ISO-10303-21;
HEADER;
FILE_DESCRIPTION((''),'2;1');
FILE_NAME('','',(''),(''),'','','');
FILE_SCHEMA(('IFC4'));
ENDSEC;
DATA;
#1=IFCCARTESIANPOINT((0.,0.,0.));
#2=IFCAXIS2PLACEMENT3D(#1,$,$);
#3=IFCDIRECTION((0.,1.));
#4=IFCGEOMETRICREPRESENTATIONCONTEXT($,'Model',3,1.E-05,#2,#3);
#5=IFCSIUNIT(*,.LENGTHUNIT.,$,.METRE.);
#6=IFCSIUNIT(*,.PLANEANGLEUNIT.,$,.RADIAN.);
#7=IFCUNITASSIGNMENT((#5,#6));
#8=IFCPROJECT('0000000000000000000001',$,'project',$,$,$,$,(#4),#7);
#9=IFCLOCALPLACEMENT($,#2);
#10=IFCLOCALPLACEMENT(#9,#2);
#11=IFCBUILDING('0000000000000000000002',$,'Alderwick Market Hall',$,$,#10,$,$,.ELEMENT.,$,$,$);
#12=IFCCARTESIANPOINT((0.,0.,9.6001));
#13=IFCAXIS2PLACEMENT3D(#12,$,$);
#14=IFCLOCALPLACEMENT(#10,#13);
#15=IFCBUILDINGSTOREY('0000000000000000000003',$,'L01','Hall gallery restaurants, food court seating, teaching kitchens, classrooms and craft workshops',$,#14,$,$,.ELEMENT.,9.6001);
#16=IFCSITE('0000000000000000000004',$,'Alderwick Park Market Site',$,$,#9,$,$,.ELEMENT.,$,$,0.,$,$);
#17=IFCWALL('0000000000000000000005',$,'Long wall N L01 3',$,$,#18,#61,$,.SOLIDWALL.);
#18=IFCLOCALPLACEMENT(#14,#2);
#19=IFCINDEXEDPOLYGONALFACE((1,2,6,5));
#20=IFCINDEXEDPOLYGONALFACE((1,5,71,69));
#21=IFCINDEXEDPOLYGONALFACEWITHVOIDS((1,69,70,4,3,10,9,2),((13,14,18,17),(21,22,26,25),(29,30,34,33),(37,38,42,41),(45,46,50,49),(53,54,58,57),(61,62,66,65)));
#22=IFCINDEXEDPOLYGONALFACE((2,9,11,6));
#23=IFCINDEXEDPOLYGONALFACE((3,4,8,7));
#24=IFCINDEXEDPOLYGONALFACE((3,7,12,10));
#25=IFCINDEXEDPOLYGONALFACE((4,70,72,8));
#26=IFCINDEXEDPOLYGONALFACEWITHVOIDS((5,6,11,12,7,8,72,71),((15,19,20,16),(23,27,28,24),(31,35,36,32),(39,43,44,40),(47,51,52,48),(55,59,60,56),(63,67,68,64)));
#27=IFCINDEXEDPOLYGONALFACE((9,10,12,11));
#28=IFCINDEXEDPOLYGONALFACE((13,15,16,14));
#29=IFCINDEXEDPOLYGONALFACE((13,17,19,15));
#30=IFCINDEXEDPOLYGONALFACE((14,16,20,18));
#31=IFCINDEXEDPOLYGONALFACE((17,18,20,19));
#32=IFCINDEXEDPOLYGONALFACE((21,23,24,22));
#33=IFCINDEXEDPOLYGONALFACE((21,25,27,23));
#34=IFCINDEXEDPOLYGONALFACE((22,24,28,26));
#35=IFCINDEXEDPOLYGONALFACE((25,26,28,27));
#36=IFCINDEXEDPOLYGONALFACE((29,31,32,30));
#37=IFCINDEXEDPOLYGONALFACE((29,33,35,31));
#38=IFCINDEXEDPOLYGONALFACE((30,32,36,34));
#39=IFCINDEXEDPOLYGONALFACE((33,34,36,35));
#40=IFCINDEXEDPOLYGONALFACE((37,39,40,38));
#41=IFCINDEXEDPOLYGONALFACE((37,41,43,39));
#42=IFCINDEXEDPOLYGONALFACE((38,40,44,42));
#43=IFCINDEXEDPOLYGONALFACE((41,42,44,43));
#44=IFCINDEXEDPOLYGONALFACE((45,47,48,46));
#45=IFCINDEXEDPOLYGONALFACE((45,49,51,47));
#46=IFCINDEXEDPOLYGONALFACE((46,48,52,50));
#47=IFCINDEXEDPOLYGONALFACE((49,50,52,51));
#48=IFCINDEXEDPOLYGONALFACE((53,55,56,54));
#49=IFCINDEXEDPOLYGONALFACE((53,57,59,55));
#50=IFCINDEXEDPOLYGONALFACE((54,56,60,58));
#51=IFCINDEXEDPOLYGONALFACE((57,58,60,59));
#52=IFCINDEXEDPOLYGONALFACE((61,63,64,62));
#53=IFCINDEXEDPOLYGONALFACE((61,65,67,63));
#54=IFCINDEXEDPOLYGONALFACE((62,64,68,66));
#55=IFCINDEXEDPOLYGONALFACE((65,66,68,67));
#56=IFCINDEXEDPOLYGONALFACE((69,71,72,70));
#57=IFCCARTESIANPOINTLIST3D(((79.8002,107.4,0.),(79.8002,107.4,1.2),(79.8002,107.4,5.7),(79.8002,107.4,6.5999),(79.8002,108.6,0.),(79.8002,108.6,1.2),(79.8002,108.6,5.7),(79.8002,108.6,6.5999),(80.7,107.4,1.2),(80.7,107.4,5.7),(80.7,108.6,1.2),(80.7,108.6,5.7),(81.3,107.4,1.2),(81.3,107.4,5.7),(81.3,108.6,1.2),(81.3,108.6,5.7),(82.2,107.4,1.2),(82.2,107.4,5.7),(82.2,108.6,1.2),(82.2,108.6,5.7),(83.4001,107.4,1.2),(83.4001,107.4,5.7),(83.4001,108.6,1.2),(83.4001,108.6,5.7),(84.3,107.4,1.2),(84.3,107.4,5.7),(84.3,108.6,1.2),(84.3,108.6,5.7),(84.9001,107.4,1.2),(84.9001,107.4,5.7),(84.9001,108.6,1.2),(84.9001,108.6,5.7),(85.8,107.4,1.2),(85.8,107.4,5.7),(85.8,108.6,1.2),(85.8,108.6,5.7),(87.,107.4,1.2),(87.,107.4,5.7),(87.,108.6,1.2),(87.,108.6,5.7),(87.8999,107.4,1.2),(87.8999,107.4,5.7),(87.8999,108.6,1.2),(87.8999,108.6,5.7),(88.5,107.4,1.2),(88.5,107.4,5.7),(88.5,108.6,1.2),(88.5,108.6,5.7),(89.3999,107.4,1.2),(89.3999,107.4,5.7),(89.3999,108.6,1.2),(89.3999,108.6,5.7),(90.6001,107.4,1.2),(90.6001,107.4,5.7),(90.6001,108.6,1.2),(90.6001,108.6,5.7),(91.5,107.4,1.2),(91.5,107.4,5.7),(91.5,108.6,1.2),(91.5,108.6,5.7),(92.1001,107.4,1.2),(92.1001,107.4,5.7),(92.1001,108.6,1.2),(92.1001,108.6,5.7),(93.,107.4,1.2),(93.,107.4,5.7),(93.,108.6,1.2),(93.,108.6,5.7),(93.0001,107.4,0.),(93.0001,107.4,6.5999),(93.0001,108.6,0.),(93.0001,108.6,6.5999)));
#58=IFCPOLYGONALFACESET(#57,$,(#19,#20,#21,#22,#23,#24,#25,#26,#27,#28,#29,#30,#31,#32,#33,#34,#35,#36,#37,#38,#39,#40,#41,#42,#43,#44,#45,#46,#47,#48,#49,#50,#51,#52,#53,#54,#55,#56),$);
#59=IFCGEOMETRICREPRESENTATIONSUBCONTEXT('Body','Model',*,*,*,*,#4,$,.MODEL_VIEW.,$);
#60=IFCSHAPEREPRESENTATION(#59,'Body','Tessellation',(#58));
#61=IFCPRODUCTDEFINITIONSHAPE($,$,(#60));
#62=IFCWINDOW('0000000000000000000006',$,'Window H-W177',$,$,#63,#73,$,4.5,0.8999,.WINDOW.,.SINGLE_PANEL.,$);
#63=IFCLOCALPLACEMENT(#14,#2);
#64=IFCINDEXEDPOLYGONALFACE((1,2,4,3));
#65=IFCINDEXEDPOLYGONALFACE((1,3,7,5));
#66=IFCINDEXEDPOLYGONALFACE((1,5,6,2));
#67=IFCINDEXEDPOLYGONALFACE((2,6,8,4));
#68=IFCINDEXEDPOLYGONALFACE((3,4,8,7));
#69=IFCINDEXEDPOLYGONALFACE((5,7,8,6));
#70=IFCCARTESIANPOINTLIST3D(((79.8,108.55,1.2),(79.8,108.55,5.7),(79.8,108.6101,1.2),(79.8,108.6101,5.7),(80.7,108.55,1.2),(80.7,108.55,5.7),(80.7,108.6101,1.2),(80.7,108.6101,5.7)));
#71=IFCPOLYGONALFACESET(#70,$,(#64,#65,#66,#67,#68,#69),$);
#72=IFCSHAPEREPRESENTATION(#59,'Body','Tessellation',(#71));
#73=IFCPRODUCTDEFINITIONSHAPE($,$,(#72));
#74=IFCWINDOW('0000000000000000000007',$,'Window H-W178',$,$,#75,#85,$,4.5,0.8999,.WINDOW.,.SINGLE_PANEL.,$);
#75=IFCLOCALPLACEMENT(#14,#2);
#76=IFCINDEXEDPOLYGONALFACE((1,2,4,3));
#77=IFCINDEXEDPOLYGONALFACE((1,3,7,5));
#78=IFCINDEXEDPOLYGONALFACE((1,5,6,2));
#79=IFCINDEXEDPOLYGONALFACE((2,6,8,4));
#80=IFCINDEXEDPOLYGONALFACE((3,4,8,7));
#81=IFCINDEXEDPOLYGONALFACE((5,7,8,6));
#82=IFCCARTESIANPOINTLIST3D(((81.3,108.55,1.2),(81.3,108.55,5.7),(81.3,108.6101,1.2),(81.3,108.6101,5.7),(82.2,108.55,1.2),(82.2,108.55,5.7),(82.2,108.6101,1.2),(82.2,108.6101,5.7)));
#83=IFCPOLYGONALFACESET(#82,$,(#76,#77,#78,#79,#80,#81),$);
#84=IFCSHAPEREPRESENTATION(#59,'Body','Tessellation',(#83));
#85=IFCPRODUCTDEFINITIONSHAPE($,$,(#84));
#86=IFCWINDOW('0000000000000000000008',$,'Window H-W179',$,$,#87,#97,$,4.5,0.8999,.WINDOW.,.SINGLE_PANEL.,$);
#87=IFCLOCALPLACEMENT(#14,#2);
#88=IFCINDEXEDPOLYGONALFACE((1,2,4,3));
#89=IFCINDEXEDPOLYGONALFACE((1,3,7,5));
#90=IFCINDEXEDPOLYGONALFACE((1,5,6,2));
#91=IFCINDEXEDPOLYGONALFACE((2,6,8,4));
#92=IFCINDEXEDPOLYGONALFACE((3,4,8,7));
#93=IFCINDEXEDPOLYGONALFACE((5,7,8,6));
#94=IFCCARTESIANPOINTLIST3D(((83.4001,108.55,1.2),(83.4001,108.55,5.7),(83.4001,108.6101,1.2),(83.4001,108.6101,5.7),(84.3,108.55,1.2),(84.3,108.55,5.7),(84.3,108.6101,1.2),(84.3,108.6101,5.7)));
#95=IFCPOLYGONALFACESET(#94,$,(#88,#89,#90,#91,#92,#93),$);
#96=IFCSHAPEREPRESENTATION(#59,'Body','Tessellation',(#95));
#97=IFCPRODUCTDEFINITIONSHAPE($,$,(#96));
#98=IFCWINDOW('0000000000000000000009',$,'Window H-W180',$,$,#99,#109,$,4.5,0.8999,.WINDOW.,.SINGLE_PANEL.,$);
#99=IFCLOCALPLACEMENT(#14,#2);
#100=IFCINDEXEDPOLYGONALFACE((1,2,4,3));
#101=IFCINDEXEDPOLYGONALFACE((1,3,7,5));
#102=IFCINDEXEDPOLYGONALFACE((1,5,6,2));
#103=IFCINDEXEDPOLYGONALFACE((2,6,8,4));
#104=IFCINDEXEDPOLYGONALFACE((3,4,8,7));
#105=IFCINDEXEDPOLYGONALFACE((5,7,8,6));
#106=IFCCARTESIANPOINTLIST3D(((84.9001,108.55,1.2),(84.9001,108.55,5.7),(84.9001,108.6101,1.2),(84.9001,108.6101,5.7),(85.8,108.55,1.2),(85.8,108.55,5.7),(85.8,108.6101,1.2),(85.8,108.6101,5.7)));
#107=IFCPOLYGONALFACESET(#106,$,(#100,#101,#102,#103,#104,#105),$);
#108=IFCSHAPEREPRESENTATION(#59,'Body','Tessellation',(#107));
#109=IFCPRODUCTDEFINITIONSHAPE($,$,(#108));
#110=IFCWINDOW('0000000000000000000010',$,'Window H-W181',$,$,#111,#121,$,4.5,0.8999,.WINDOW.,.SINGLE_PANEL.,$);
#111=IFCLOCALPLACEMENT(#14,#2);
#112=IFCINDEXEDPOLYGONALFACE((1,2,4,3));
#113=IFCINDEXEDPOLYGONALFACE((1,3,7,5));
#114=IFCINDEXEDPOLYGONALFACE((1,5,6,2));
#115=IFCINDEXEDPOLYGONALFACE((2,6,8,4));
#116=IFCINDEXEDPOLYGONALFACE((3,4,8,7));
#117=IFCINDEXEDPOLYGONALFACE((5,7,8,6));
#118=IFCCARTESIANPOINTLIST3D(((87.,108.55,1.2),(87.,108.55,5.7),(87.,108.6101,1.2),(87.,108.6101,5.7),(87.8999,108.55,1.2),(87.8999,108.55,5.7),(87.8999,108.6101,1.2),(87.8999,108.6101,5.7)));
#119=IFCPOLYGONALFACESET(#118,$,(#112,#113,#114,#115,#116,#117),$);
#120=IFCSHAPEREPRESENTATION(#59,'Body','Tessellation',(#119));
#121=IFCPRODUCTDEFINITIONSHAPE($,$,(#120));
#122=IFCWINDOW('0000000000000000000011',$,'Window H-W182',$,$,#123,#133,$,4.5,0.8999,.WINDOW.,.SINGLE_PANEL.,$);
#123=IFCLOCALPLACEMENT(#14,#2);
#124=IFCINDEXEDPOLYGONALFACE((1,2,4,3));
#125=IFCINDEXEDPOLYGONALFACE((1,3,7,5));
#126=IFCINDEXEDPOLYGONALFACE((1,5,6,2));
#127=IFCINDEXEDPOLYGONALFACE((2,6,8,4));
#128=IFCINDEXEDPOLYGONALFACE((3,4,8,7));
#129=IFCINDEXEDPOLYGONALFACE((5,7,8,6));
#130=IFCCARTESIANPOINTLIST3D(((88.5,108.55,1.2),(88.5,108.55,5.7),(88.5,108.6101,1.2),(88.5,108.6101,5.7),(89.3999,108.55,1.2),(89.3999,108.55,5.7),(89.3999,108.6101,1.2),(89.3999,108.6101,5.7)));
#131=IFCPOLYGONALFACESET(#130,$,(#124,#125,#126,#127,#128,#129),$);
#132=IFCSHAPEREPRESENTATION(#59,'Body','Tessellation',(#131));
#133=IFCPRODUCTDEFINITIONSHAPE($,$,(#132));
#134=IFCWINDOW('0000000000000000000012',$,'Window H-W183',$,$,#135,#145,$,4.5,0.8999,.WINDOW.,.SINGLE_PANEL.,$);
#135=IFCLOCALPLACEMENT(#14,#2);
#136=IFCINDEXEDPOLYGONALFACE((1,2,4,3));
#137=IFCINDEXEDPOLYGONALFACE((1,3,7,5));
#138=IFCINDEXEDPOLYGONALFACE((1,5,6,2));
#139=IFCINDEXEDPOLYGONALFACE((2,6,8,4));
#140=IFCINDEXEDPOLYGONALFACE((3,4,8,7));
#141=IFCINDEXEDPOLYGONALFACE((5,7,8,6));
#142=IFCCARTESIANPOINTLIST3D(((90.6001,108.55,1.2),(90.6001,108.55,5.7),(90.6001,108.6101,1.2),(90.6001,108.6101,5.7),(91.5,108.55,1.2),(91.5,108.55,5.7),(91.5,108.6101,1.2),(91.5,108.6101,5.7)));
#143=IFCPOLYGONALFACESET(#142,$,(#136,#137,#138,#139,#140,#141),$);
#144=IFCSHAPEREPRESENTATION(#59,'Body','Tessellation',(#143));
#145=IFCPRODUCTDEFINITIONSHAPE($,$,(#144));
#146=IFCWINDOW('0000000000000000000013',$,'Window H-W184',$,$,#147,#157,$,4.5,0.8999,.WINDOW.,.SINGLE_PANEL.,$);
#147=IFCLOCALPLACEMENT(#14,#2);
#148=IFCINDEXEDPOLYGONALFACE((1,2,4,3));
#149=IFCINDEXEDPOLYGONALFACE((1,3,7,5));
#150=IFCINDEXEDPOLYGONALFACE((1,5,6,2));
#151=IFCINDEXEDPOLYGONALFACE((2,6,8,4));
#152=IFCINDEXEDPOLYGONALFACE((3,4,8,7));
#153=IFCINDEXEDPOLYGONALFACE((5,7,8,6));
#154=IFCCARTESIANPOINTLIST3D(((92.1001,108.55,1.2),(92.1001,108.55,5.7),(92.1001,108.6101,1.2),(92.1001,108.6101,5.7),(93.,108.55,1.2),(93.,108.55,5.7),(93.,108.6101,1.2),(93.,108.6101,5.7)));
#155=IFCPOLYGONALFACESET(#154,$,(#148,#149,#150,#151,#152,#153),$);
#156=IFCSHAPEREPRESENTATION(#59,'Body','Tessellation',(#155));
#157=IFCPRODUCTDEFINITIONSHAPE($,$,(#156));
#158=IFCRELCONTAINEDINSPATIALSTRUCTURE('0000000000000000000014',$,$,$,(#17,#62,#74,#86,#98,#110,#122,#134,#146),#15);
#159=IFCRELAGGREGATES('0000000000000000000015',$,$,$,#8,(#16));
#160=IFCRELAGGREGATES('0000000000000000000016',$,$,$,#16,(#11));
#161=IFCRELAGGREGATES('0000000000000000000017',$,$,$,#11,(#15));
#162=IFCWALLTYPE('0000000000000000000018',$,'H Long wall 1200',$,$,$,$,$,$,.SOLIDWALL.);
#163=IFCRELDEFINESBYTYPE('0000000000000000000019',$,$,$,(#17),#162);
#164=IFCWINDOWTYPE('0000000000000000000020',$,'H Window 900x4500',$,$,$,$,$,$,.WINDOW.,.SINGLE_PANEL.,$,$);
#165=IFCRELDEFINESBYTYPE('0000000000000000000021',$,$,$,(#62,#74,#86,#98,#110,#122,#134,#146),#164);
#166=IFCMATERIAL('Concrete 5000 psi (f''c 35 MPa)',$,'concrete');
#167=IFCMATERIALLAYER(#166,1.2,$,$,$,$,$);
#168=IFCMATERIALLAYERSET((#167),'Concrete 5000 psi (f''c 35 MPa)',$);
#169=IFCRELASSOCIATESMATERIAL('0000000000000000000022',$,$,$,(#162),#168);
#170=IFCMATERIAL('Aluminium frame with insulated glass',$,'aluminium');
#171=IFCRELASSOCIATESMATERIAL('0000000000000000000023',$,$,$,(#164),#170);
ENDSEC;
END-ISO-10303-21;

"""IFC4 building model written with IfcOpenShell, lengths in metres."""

from ifc_helpers import new_model, si_unit, direction, frame, frame_2d, origin, place, context, subcontext, project, spatial, rectangle, extrude, material, layer, layer_set, type_object, element, fill, save


model = new_model("IFC4")

# Units and contexts
model_context = context("Model", 3, precision=1e-05, world=origin(), true_north=direction((0.0, 1.0)))
body_context = subcontext(model_context, "Body", "Model", "MODEL_VIEW")
ifc_project = project(units=[si_unit("LENGTHUNIT", "METRE"), si_unit("PLANEANGLEUNIT", "RADIAN")], contexts=[model_context])

# Site, building, storey
site_placement = place(None, origin())
site = spatial("IfcSite", under=ifc_project, at=site_placement, Name="Alderwick Park Market Site", CompositionType="ELEMENT", RefElevation=0.0)
building_placement = place(site_placement, origin())
building = spatial("IfcBuilding", under=site, at=building_placement, Name="Alderwick Market Hall", CompositionType="ELEMENT")
storey_placement = place(building_placement, frame((0.0, 0.0, 9.6001)))
storey = spatial("IfcBuildingStorey", under=building, at=storey_placement, Name="L01", Description="Hall gallery restaurants, food court seating, teaching kitchens, classrooms and craft workshops", CompositionType="ELEMENT", Elevation=9.6001)

# Shared definitions
ifc_material_1 = material(Name="Concrete 5000 psi (f'c 35 MPa)", Category="concrete")

# Wall, openings, windows
ifc_layer_1 = layer(ifc_material_1, 1.2)
ifc_layer_set_1 = layer_set([ifc_layer_1], Name="Concrete 5000 psi (f'c 35 MPa)")
wall_type_1 = type_object("IfcWallType", Name="H Long wall 1200", PredefinedType="SOLIDWALL", material=ifc_layer_set_1)
wall_1_placement = place(storey_placement, frame((79.8, 108.0, 0.0), z_axis=(0.0, 0.0, 1.0), x_axis=(1.0, 0.0, 0.0)))
wall_1 = element("IfcWall", 1, at=wall_1_placement, inside=storey, type_object=wall_type_1, Name="Long wall N L01 3", PredefinedType="SOLIDWALL", context=body_context, shape_type="SweptSolid", body=[
    extrude(rectangle(XDim=13.2, YDim=1.2, at=frame_2d((6.6001, 0.0))), origin(), (0.0, 0.0, 1.0), 6.5999),
])
opening_1_placement = place(wall_1_placement, frame((0.0, 0.0, 1.2)))
opening_1 = element("IfcOpeningElement", 2, at=opening_1_placement, cuts=wall_1, PredefinedType="OPENING", context=body_context, shape_type="SweptSolid", body=[
    extrude(rectangle(XDim=0.8999, YDim=4.5, at=frame_2d((0.45, 2.25))), frame((0.0, 0.6099, 0.0), z_axis=(0.0, -1.0, 0.0), x_axis=(1.0, 0.0, 0.0)), (0.0, 0.0, 1.0), 1.22),
])
opening_2_placement = place(wall_1_placement, frame((1.5, 0.0, 1.2)))
opening_2 = element("IfcOpeningElement", 3, at=opening_2_placement, cuts=wall_1, PredefinedType="OPENING", context=body_context, shape_type="SweptSolid", body=[
    extrude(rectangle(XDim=0.8999, YDim=4.5, at=frame_2d((0.45, 2.25))), frame((0.0, 0.6099, 0.0), z_axis=(0.0, -1.0, 0.0), x_axis=(1.0, 0.0, 0.0)), (0.0, 0.0, 1.0), 1.22),
])
opening_3_placement = place(wall_1_placement, frame((3.6001, 0.0, 1.2)))
opening_3 = element("IfcOpeningElement", 4, at=opening_3_placement, cuts=wall_1, PredefinedType="OPENING", context=body_context, shape_type="SweptSolid", body=[
    extrude(rectangle(XDim=0.8999, YDim=4.5, at=frame_2d((0.45, 2.25))), frame((0.0, 0.6099, 0.0), z_axis=(0.0, -1.0, 0.0), x_axis=(1.0, 0.0, 0.0)), (0.0, 0.0, 1.0), 1.22),
])
opening_4_placement = place(wall_1_placement, frame((5.1001, 0.0, 1.2)))
opening_4 = element("IfcOpeningElement", 5, at=opening_4_placement, cuts=wall_1, PredefinedType="OPENING", context=body_context, shape_type="SweptSolid", body=[
    extrude(rectangle(XDim=0.8999, YDim=4.5, at=frame_2d((0.45, 2.25))), frame((0.0, 0.6099, 0.0), z_axis=(0.0, -1.0, 0.0), x_axis=(1.0, 0.0, 0.0)), (0.0, 0.0, 1.0), 1.22),
])
opening_5_placement = place(wall_1_placement, frame((7.2, 0.0, 1.2)))
opening_5 = element("IfcOpeningElement", 6, at=opening_5_placement, cuts=wall_1, PredefinedType="OPENING", context=body_context, shape_type="SweptSolid", body=[
    extrude(rectangle(XDim=0.8999, YDim=4.5, at=frame_2d((0.45, 2.25))), frame((0.0, 0.6099, 0.0), z_axis=(0.0, -1.0, 0.0), x_axis=(1.0, 0.0, 0.0)), (0.0, 0.0, 1.0), 1.22),
])
opening_6_placement = place(wall_1_placement, frame((8.7, 0.0, 1.2)))
opening_6 = element("IfcOpeningElement", 7, at=opening_6_placement, cuts=wall_1, PredefinedType="OPENING", context=body_context, shape_type="SweptSolid", body=[
    extrude(rectangle(XDim=0.8999, YDim=4.5, at=frame_2d((0.45, 2.25))), frame((0.0, 0.6099, 0.0), z_axis=(0.0, -1.0, 0.0), x_axis=(1.0, 0.0, 0.0)), (0.0, 0.0, 1.0), 1.22),
])
opening_7_placement = place(wall_1_placement, frame((10.8, 0.0, 1.2)))
opening_7 = element("IfcOpeningElement", 8, at=opening_7_placement, cuts=wall_1, PredefinedType="OPENING", context=body_context, shape_type="SweptSolid", body=[
    extrude(rectangle(XDim=0.8999, YDim=4.5, at=frame_2d((0.45, 2.25))), frame((0.0, 0.6099, 0.0), z_axis=(0.0, -1.0, 0.0), x_axis=(1.0, 0.0, 0.0)), (0.0, 0.0, 1.0), 1.22),
])
opening_8_placement = place(wall_1_placement, frame((12.3, 0.0, 1.2)))
opening_8 = element("IfcOpeningElement", 9, at=opening_8_placement, cuts=wall_1, PredefinedType="OPENING", context=body_context, shape_type="SweptSolid", body=[
    extrude(rectangle(XDim=0.8999, YDim=4.5, at=frame_2d((0.45, 2.25))), frame((0.0, 0.6099, 0.0), z_axis=(0.0, -1.0, 0.0), x_axis=(1.0, 0.0, 0.0)), (0.0, 0.0, 1.0), 1.22),
])
ifc_material_2 = material(Name="Aluminium frame with insulated glass", Category="aluminium")
window_type = type_object("IfcWindowType", Name="H Window 900x4500", PartitioningType="SINGLE_PANEL", PredefinedType="WINDOW", material=ifc_material_2)
window_1_placement = place(opening_1_placement, origin())
window_1 = element("IfcWindow", 10, at=window_1_placement, inside=storey, type_object=window_type, Name="Window H-W177", OverallHeight=4.5, OverallWidth=0.8999, PartitioningType="SINGLE_PANEL", PredefinedType="WINDOW", context=body_context, shape_type="SweptSolid", body=[
    extrude(rectangle(XDim=0.8999, YDim=4.5, at=frame_2d((0.45, 2.25))), frame((0.0, 0.6101, 0.0), z_axis=(0.0, -1.0, 0.0), x_axis=(1.0, 0.0, 0.0)), (0.0, 0.0, 1.0), 0.0601),
])
fill(opening_1, window_1)
window_2_placement = place(opening_2_placement, origin())
window_2 = element("IfcWindow", 11, at=window_2_placement, inside=storey, type_object=window_type, Name="Window H-W178", OverallHeight=4.5, OverallWidth=0.8999, PartitioningType="SINGLE_PANEL", PredefinedType="WINDOW", context=body_context, shape_type="SweptSolid", body=[
    extrude(rectangle(XDim=0.8999, YDim=4.5, at=frame_2d((0.45, 2.25))), frame((0.0, 0.6101, 0.0), z_axis=(0.0, -1.0, 0.0), x_axis=(1.0, 0.0, 0.0)), (0.0, 0.0, 1.0), 0.0601),
])
fill(opening_2, window_2)
window_3_placement = place(opening_3_placement, origin())
window_3 = element("IfcWindow", 12, at=window_3_placement, inside=storey, type_object=window_type, Name="Window H-W179", OverallHeight=4.5, OverallWidth=0.8999, PartitioningType="SINGLE_PANEL", PredefinedType="WINDOW", context=body_context, shape_type="SweptSolid", body=[
    extrude(rectangle(XDim=0.8999, YDim=4.5, at=frame_2d((0.45, 2.25))), frame((0.0, 0.6101, 0.0), z_axis=(0.0, -1.0, 0.0), x_axis=(1.0, 0.0, 0.0)), (0.0, 0.0, 1.0), 0.0601),
])
fill(opening_3, window_3)
window_4_placement = place(opening_4_placement, origin())
window_4 = element("IfcWindow", 13, at=window_4_placement, inside=storey, type_object=window_type, Name="Window H-W180", OverallHeight=4.5, OverallWidth=0.8999, PartitioningType="SINGLE_PANEL", PredefinedType="WINDOW", context=body_context, shape_type="SweptSolid", body=[
    extrude(rectangle(XDim=0.8999, YDim=4.5, at=frame_2d((0.45, 2.25))), frame((0.0, 0.6101, 0.0), z_axis=(0.0, -1.0, 0.0), x_axis=(1.0, 0.0, 0.0)), (0.0, 0.0, 1.0), 0.0601),
])
fill(opening_4, window_4)
window_5_placement = place(opening_5_placement, origin())
window_5 = element("IfcWindow", 14, at=window_5_placement, inside=storey, type_object=window_type, Name="Window H-W181", OverallHeight=4.5, OverallWidth=0.8999, PartitioningType="SINGLE_PANEL", PredefinedType="WINDOW", context=body_context, shape_type="SweptSolid", body=[
    extrude(rectangle(XDim=0.8999, YDim=4.5, at=frame_2d((0.45, 2.25))), frame((0.0, 0.6101, 0.0), z_axis=(0.0, -1.0, 0.0), x_axis=(1.0, 0.0, 0.0)), (0.0, 0.0, 1.0), 0.0601),
])
fill(opening_5, window_5)
window_6_placement = place(opening_6_placement, origin())
window_6 = element("IfcWindow", 15, at=window_6_placement, inside=storey, type_object=window_type, Name="Window H-W182", OverallHeight=4.5, OverallWidth=0.8999, PartitioningType="SINGLE_PANEL", PredefinedType="WINDOW", context=body_context, shape_type="SweptSolid", body=[
    extrude(rectangle(XDim=0.8999, YDim=4.5, at=frame_2d((0.45, 2.25))), frame((0.0, 0.6101, 0.0), z_axis=(0.0, -1.0, 0.0), x_axis=(1.0, 0.0, 0.0)), (0.0, 0.0, 1.0), 0.0601),
])
fill(opening_6, window_6)
window_7_placement = place(opening_7_placement, origin())
window_7 = element("IfcWindow", 16, at=window_7_placement, inside=storey, type_object=window_type, Name="Window H-W183", OverallHeight=4.5, OverallWidth=0.8999, PartitioningType="SINGLE_PANEL", PredefinedType="WINDOW", context=body_context, shape_type="SweptSolid", body=[
    extrude(rectangle(XDim=0.8999, YDim=4.5, at=frame_2d((0.45, 2.25))), frame((0.0, 0.6101, 0.0), z_axis=(0.0, -1.0, 0.0), x_axis=(1.0, 0.0, 0.0)), (0.0, 0.0, 1.0), 0.0601),
])
fill(opening_7, window_7)
window_8_placement = place(opening_8_placement, origin())
window_8 = element("IfcWindow", 17, at=window_8_placement, inside=storey, type_object=window_type, Name="Window H-W184", OverallHeight=4.5, OverallWidth=0.8999, PartitioningType="SINGLE_PANEL", PredefinedType="WINDOW", context=body_context, shape_type="SweptSolid", body=[
    extrude(rectangle(XDim=0.8999, YDim=4.5, at=frame_2d((0.45, 2.25))), frame((0.0, 0.6101, 0.0), z_axis=(0.0, -1.0, 0.0), x_axis=(1.0, 0.0, 0.0)), (0.0, 0.0, 1.0), 0.0601),
])
fill(opening_8, window_8)

save(model, "model.ifc")
